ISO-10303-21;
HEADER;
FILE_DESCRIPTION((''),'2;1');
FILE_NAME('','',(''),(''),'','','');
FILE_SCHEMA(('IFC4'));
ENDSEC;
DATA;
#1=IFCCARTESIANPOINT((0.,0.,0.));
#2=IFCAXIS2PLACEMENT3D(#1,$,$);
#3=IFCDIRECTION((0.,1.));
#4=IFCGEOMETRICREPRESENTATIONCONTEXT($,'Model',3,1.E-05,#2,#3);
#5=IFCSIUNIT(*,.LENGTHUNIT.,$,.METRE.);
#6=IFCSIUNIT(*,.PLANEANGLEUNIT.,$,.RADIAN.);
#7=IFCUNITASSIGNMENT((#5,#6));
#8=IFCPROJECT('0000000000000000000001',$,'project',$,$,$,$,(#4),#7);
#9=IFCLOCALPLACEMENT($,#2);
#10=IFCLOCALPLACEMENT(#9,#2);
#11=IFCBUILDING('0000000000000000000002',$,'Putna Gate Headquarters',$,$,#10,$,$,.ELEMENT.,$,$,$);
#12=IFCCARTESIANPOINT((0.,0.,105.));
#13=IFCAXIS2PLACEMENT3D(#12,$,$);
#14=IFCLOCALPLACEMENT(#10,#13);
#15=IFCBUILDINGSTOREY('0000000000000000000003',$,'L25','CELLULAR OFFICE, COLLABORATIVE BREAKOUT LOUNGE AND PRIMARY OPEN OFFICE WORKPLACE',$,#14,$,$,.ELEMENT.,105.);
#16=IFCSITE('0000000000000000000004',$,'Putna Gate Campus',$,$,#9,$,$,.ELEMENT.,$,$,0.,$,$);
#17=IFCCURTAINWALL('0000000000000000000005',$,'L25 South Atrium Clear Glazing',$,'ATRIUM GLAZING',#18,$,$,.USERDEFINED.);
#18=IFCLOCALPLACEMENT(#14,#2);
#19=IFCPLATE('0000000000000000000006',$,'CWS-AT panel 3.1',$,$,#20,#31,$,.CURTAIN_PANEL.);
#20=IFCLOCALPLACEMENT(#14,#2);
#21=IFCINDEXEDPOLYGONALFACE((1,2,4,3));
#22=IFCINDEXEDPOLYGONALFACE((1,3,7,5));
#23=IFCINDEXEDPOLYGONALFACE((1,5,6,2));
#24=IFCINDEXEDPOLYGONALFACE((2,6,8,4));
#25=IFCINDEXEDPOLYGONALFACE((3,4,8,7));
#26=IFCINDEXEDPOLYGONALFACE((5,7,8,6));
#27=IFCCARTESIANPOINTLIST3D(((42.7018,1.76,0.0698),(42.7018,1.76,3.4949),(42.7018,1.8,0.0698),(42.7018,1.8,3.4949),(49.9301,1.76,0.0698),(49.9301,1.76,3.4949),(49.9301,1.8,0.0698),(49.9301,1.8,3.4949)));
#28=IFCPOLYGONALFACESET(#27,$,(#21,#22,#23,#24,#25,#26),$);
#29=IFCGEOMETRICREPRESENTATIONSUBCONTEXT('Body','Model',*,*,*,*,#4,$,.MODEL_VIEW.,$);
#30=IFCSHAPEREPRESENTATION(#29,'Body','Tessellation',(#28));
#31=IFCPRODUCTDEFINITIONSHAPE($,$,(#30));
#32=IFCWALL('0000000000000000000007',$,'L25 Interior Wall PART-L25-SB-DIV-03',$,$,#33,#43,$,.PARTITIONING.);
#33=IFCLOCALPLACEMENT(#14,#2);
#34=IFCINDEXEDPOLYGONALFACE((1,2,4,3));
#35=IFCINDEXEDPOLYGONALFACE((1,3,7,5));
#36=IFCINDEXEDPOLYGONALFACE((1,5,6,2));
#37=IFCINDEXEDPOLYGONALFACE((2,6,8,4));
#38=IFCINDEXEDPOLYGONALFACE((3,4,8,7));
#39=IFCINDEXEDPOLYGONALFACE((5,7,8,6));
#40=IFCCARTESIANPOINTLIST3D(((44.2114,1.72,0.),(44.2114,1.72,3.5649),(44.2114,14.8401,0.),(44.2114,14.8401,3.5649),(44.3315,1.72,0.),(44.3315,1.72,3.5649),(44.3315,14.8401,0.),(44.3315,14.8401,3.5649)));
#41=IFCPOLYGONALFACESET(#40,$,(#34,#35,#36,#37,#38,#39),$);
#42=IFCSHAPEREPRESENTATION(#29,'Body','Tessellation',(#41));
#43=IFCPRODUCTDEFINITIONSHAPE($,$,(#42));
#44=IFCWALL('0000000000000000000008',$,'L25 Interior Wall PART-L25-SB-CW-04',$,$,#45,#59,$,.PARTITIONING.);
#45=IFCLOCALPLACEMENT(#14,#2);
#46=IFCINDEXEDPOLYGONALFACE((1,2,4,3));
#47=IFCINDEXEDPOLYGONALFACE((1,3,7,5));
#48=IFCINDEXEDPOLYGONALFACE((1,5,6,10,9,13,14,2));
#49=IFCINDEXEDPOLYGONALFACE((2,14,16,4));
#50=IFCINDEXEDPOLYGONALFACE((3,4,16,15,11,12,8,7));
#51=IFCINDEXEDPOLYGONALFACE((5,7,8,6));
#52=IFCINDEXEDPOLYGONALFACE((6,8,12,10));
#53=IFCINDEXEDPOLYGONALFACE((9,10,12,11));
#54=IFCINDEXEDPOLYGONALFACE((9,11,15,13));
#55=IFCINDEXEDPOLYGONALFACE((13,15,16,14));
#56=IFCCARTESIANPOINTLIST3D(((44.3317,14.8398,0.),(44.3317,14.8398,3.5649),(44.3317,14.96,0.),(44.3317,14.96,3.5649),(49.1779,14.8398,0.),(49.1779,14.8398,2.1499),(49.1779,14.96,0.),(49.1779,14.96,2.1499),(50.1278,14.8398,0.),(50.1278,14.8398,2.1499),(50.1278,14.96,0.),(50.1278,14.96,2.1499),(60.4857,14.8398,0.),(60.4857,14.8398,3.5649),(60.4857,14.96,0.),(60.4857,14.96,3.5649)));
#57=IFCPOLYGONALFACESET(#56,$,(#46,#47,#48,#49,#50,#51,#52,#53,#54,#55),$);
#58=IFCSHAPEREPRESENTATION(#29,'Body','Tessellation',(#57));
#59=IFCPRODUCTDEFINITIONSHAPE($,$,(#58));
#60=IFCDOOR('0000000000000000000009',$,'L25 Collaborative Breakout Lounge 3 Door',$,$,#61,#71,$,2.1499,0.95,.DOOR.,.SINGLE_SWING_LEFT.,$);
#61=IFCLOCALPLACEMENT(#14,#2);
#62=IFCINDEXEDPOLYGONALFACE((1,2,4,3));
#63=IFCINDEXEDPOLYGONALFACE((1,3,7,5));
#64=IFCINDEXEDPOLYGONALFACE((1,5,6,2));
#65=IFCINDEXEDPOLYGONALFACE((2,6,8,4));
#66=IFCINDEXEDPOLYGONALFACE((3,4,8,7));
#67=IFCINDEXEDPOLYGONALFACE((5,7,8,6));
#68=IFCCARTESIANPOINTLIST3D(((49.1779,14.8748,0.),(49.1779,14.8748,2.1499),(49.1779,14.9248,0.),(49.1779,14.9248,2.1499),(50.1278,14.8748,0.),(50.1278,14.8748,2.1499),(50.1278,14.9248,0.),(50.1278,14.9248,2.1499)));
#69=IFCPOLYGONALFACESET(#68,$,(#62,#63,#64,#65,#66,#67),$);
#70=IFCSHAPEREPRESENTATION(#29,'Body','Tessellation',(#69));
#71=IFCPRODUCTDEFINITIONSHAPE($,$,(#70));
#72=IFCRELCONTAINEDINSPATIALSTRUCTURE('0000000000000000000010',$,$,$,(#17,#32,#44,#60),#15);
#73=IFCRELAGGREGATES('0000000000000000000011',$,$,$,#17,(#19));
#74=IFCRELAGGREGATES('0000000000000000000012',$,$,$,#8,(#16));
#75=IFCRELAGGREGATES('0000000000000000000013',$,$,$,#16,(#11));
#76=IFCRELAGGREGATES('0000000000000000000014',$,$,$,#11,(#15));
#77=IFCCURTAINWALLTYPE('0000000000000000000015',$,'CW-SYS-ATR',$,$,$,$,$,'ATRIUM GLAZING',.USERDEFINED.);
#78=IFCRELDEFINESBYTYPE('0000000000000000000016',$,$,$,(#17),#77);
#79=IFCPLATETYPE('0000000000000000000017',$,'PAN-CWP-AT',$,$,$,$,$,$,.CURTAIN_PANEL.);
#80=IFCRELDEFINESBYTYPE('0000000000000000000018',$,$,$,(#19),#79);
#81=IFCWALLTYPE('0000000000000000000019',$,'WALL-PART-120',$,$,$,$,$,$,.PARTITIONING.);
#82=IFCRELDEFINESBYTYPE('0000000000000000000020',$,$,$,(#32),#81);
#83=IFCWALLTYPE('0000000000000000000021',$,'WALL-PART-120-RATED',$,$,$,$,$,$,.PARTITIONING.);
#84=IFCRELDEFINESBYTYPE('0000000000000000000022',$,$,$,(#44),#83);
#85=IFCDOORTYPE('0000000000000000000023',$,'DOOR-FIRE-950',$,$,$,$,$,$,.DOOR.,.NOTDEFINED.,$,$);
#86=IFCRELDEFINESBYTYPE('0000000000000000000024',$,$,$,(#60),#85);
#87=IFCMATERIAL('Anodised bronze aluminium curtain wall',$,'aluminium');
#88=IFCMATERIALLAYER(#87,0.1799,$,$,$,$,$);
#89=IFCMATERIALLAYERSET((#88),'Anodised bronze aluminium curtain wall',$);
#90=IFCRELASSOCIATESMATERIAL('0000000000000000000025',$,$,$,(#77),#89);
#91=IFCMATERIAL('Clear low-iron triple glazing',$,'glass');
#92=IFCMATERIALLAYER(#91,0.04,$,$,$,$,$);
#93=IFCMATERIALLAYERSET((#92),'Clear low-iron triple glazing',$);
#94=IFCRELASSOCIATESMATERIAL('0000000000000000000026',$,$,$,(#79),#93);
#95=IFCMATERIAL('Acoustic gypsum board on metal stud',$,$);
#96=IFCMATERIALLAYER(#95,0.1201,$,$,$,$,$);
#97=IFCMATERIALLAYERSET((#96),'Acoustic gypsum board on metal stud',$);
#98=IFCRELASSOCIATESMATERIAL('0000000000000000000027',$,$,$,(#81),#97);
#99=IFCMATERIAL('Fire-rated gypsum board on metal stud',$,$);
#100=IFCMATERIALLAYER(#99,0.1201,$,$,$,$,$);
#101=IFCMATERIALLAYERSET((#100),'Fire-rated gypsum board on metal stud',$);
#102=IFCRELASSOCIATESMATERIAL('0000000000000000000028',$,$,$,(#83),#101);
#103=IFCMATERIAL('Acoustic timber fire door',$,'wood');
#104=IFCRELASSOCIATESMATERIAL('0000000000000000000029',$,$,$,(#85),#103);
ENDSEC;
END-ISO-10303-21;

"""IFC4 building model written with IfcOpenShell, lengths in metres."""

from ifc_helpers import new_model, si_unit, direction, frame, frame_2d, origin, origin_2d, place, context, subcontext, project, spatial, rectangle, extrude, material, layer, layer_set, type_object, element, fill, aggregate, save


model = new_model("IFC4")

# Units and contexts
model_context = context("Model", 3, precision=1e-05, world=origin(), true_north=direction((0.0, 1.0)))
body_context = subcontext(model_context, "Body", "Model", "MODEL_VIEW")
ifc_project = project(units=[si_unit("LENGTHUNIT", "METRE"), si_unit("PLANEANGLEUNIT", "RADIAN")], contexts=[model_context])

# Site, building, storey
site_placement = place(None, origin())
site = spatial("IfcSite", under=ifc_project, at=site_placement, Name="Putna Gate Campus", CompositionType="ELEMENT", RefElevation=0.0)
building_placement = place(site_placement, origin())
building = spatial("IfcBuilding", under=site, at=building_placement, Name="Putna Gate Headquarters", CompositionType="ELEMENT")
storey_placement = place(building_placement, frame((0.0, 0.0, 105.0)))
storey = spatial("IfcBuildingStorey", under=building, at=storey_placement, Name="L25", Description="CELLULAR OFFICE, COLLABORATIVE BREAKOUT LOUNGE AND PRIMARY OPEN OFFICE WORKPLACE", CompositionType="ELEMENT", Elevation=105.0)

# Curtain wall, plate
ifc_material_1 = material(Name="Anodised bronze aluminium curtain wall", Category="aluminium")
ifc_layer_1 = layer(ifc_material_1, 0.1799)
ifc_layer_set_1 = layer_set([ifc_layer_1], Name="Anodised bronze aluminium curtain wall")
curtain_wall_type = type_object("IfcCurtainWallType", Name="CW-SYS-ATR", ElementType="ATRIUM GLAZING", PredefinedType="USERDEFINED", material=ifc_layer_set_1)
curtain_wall_placement = place(storey_placement, origin())
curtain_wall = element("IfcCurtainWall", 1, at=curtain_wall_placement, inside=storey, type_object=curtain_wall_type, Name="L25 South Atrium Clear Glazing", ObjectType="ATRIUM GLAZING", PredefinedType="USERDEFINED")
ifc_material_2 = material(Name="Clear low-iron triple glazing", Category="glass")
ifc_layer_2 = layer(ifc_material_2, 0.04)
ifc_layer_set_2 = layer_set([ifc_layer_2], Name="Clear low-iron triple glazing")
plate_type = type_object("IfcPlateType", Name="PAN-CWP-AT", PredefinedType="CURTAIN_PANEL", material=ifc_layer_set_2)
plate_1_placement = place(storey_placement, frame((46.3159, 1.78, 0.0698), z_axis=(0.0, 0.0, 1.0), x_axis=(1.0, 0.0, 0.0)))
plate_1 = element("IfcPlate", 2, at=plate_1_placement, type_object=plate_type, Name="CWS-AT panel 3.1", PredefinedType="CURTAIN_PANEL", context=body_context, shape_type="SweptSolid", body=[
    extrude(rectangle(XDim=7.2283, YDim=0.04, at=origin_2d()), origin(), (0.0, 0.0, 1.0), 3.425),
])
aggregate(curtain_wall, [plate_1])

# Wall
ifc_material_3 = material(Name="Acoustic gypsum board on metal stud")
ifc_layer_3 = layer(ifc_material_3, 0.1201)
ifc_layer_set_3 = layer_set([ifc_layer_3], Name="Acoustic gypsum board on metal stud")
wall_type_1 = type_object("IfcWallType", Name="WALL-PART-120", PredefinedType="PARTITIONING", material=ifc_layer_set_3)
wall_1_placement = place(storey_placement, frame((44.2715, 1.72, 0.0), z_axis=(0.0, 0.0, 1.0), x_axis=(0.0, 1.0, 0.0)))
element("IfcWall", 3, at=wall_1_placement, inside=storey, type_object=wall_type_1, Name="L25 Interior Wall PART-L25-SB-DIV-03", PredefinedType="PARTITIONING", context=body_context, shape_type="SweptSolid", body=[
    extrude(rectangle(XDim=13.1201, YDim=0.1201, at=frame_2d((6.5601, 0.0))), origin(), (0.0, 0.0, 1.0), 3.5649),
])

# Wall, opening, door
ifc_material_4 = material(Name="Fire-rated gypsum board on metal stud")
ifc_layer_4 = layer(ifc_material_4, 0.1201)
ifc_layer_set_4 = layer_set([ifc_layer_4], Name="Fire-rated gypsum board on metal stud")
wall_type_2 = type_object("IfcWallType", Name="WALL-PART-120-RATED", PredefinedType="PARTITIONING", material=ifc_layer_set_4)
wall_2_placement = place(storey_placement, frame((44.3315, 14.8999, 0.0), z_axis=(0.0, 0.0, 1.0), x_axis=(1.0, 0.0, 0.0)))
wall_2 = element("IfcWall", 4, at=wall_2_placement, inside=storey, type_object=wall_type_2, Name="L25 Interior Wall PART-L25-SB-CW-04", PredefinedType="PARTITIONING", context=body_context, shape_type="SweptSolid", body=[
    extrude(rectangle(XDim=16.1541, YDim=0.1201, at=frame_2d((8.0771, 0.0))), origin(), (0.0, 0.0, 1.0), 3.5649),
])
opening_placement = place(wall_2_placement, frame((4.8462, 0.0, 0.0)))
opening = element("IfcOpeningElement", 5, at=opening_placement, cuts=wall_2, PredefinedType="OPENING", context=body_context, shape_type="SweptSolid", body=[
    extrude(rectangle(XDim=0.95, YDim=2.1499, at=frame_2d((0.4751, 1.075))), frame((0.0, 0.0701, 0.0), z_axis=(0.0, -1.0, 0.0), x_axis=(1.0, 0.0, 0.0)), (0.0, 0.0, 1.0), 0.1401),
])
ifc_material_5 = material(Name="Acoustic timber fire door", Category="wood")
door_type = type_object("IfcDoorType", Name="DOOR-FIRE-950", OperationType="NOTDEFINED", PredefinedType="DOOR", material=ifc_material_5)
door_placement = place(opening_placement, origin())
door = element("IfcDoor", 6, at=door_placement, inside=storey, type_object=door_type, Name="L25 Collaborative Breakout Lounge 3 Door", OperationType="SINGLE_SWING_LEFT", OverallHeight=2.1499, OverallWidth=0.95, PredefinedType="DOOR", context=body_context, shape_type="SweptSolid", body=[
    extrude(rectangle(XDim=0.95, YDim=2.1499, at=frame_2d((0.4751, 1.075))), frame((0.0, 0.0249, 0.0), z_axis=(0.0, -1.0, 0.0), x_axis=(1.0, 0.0, 0.0)), (0.0, 0.0, 1.0), 0.05),
])
fill(opening, door)

save(model, "model.ifc")
